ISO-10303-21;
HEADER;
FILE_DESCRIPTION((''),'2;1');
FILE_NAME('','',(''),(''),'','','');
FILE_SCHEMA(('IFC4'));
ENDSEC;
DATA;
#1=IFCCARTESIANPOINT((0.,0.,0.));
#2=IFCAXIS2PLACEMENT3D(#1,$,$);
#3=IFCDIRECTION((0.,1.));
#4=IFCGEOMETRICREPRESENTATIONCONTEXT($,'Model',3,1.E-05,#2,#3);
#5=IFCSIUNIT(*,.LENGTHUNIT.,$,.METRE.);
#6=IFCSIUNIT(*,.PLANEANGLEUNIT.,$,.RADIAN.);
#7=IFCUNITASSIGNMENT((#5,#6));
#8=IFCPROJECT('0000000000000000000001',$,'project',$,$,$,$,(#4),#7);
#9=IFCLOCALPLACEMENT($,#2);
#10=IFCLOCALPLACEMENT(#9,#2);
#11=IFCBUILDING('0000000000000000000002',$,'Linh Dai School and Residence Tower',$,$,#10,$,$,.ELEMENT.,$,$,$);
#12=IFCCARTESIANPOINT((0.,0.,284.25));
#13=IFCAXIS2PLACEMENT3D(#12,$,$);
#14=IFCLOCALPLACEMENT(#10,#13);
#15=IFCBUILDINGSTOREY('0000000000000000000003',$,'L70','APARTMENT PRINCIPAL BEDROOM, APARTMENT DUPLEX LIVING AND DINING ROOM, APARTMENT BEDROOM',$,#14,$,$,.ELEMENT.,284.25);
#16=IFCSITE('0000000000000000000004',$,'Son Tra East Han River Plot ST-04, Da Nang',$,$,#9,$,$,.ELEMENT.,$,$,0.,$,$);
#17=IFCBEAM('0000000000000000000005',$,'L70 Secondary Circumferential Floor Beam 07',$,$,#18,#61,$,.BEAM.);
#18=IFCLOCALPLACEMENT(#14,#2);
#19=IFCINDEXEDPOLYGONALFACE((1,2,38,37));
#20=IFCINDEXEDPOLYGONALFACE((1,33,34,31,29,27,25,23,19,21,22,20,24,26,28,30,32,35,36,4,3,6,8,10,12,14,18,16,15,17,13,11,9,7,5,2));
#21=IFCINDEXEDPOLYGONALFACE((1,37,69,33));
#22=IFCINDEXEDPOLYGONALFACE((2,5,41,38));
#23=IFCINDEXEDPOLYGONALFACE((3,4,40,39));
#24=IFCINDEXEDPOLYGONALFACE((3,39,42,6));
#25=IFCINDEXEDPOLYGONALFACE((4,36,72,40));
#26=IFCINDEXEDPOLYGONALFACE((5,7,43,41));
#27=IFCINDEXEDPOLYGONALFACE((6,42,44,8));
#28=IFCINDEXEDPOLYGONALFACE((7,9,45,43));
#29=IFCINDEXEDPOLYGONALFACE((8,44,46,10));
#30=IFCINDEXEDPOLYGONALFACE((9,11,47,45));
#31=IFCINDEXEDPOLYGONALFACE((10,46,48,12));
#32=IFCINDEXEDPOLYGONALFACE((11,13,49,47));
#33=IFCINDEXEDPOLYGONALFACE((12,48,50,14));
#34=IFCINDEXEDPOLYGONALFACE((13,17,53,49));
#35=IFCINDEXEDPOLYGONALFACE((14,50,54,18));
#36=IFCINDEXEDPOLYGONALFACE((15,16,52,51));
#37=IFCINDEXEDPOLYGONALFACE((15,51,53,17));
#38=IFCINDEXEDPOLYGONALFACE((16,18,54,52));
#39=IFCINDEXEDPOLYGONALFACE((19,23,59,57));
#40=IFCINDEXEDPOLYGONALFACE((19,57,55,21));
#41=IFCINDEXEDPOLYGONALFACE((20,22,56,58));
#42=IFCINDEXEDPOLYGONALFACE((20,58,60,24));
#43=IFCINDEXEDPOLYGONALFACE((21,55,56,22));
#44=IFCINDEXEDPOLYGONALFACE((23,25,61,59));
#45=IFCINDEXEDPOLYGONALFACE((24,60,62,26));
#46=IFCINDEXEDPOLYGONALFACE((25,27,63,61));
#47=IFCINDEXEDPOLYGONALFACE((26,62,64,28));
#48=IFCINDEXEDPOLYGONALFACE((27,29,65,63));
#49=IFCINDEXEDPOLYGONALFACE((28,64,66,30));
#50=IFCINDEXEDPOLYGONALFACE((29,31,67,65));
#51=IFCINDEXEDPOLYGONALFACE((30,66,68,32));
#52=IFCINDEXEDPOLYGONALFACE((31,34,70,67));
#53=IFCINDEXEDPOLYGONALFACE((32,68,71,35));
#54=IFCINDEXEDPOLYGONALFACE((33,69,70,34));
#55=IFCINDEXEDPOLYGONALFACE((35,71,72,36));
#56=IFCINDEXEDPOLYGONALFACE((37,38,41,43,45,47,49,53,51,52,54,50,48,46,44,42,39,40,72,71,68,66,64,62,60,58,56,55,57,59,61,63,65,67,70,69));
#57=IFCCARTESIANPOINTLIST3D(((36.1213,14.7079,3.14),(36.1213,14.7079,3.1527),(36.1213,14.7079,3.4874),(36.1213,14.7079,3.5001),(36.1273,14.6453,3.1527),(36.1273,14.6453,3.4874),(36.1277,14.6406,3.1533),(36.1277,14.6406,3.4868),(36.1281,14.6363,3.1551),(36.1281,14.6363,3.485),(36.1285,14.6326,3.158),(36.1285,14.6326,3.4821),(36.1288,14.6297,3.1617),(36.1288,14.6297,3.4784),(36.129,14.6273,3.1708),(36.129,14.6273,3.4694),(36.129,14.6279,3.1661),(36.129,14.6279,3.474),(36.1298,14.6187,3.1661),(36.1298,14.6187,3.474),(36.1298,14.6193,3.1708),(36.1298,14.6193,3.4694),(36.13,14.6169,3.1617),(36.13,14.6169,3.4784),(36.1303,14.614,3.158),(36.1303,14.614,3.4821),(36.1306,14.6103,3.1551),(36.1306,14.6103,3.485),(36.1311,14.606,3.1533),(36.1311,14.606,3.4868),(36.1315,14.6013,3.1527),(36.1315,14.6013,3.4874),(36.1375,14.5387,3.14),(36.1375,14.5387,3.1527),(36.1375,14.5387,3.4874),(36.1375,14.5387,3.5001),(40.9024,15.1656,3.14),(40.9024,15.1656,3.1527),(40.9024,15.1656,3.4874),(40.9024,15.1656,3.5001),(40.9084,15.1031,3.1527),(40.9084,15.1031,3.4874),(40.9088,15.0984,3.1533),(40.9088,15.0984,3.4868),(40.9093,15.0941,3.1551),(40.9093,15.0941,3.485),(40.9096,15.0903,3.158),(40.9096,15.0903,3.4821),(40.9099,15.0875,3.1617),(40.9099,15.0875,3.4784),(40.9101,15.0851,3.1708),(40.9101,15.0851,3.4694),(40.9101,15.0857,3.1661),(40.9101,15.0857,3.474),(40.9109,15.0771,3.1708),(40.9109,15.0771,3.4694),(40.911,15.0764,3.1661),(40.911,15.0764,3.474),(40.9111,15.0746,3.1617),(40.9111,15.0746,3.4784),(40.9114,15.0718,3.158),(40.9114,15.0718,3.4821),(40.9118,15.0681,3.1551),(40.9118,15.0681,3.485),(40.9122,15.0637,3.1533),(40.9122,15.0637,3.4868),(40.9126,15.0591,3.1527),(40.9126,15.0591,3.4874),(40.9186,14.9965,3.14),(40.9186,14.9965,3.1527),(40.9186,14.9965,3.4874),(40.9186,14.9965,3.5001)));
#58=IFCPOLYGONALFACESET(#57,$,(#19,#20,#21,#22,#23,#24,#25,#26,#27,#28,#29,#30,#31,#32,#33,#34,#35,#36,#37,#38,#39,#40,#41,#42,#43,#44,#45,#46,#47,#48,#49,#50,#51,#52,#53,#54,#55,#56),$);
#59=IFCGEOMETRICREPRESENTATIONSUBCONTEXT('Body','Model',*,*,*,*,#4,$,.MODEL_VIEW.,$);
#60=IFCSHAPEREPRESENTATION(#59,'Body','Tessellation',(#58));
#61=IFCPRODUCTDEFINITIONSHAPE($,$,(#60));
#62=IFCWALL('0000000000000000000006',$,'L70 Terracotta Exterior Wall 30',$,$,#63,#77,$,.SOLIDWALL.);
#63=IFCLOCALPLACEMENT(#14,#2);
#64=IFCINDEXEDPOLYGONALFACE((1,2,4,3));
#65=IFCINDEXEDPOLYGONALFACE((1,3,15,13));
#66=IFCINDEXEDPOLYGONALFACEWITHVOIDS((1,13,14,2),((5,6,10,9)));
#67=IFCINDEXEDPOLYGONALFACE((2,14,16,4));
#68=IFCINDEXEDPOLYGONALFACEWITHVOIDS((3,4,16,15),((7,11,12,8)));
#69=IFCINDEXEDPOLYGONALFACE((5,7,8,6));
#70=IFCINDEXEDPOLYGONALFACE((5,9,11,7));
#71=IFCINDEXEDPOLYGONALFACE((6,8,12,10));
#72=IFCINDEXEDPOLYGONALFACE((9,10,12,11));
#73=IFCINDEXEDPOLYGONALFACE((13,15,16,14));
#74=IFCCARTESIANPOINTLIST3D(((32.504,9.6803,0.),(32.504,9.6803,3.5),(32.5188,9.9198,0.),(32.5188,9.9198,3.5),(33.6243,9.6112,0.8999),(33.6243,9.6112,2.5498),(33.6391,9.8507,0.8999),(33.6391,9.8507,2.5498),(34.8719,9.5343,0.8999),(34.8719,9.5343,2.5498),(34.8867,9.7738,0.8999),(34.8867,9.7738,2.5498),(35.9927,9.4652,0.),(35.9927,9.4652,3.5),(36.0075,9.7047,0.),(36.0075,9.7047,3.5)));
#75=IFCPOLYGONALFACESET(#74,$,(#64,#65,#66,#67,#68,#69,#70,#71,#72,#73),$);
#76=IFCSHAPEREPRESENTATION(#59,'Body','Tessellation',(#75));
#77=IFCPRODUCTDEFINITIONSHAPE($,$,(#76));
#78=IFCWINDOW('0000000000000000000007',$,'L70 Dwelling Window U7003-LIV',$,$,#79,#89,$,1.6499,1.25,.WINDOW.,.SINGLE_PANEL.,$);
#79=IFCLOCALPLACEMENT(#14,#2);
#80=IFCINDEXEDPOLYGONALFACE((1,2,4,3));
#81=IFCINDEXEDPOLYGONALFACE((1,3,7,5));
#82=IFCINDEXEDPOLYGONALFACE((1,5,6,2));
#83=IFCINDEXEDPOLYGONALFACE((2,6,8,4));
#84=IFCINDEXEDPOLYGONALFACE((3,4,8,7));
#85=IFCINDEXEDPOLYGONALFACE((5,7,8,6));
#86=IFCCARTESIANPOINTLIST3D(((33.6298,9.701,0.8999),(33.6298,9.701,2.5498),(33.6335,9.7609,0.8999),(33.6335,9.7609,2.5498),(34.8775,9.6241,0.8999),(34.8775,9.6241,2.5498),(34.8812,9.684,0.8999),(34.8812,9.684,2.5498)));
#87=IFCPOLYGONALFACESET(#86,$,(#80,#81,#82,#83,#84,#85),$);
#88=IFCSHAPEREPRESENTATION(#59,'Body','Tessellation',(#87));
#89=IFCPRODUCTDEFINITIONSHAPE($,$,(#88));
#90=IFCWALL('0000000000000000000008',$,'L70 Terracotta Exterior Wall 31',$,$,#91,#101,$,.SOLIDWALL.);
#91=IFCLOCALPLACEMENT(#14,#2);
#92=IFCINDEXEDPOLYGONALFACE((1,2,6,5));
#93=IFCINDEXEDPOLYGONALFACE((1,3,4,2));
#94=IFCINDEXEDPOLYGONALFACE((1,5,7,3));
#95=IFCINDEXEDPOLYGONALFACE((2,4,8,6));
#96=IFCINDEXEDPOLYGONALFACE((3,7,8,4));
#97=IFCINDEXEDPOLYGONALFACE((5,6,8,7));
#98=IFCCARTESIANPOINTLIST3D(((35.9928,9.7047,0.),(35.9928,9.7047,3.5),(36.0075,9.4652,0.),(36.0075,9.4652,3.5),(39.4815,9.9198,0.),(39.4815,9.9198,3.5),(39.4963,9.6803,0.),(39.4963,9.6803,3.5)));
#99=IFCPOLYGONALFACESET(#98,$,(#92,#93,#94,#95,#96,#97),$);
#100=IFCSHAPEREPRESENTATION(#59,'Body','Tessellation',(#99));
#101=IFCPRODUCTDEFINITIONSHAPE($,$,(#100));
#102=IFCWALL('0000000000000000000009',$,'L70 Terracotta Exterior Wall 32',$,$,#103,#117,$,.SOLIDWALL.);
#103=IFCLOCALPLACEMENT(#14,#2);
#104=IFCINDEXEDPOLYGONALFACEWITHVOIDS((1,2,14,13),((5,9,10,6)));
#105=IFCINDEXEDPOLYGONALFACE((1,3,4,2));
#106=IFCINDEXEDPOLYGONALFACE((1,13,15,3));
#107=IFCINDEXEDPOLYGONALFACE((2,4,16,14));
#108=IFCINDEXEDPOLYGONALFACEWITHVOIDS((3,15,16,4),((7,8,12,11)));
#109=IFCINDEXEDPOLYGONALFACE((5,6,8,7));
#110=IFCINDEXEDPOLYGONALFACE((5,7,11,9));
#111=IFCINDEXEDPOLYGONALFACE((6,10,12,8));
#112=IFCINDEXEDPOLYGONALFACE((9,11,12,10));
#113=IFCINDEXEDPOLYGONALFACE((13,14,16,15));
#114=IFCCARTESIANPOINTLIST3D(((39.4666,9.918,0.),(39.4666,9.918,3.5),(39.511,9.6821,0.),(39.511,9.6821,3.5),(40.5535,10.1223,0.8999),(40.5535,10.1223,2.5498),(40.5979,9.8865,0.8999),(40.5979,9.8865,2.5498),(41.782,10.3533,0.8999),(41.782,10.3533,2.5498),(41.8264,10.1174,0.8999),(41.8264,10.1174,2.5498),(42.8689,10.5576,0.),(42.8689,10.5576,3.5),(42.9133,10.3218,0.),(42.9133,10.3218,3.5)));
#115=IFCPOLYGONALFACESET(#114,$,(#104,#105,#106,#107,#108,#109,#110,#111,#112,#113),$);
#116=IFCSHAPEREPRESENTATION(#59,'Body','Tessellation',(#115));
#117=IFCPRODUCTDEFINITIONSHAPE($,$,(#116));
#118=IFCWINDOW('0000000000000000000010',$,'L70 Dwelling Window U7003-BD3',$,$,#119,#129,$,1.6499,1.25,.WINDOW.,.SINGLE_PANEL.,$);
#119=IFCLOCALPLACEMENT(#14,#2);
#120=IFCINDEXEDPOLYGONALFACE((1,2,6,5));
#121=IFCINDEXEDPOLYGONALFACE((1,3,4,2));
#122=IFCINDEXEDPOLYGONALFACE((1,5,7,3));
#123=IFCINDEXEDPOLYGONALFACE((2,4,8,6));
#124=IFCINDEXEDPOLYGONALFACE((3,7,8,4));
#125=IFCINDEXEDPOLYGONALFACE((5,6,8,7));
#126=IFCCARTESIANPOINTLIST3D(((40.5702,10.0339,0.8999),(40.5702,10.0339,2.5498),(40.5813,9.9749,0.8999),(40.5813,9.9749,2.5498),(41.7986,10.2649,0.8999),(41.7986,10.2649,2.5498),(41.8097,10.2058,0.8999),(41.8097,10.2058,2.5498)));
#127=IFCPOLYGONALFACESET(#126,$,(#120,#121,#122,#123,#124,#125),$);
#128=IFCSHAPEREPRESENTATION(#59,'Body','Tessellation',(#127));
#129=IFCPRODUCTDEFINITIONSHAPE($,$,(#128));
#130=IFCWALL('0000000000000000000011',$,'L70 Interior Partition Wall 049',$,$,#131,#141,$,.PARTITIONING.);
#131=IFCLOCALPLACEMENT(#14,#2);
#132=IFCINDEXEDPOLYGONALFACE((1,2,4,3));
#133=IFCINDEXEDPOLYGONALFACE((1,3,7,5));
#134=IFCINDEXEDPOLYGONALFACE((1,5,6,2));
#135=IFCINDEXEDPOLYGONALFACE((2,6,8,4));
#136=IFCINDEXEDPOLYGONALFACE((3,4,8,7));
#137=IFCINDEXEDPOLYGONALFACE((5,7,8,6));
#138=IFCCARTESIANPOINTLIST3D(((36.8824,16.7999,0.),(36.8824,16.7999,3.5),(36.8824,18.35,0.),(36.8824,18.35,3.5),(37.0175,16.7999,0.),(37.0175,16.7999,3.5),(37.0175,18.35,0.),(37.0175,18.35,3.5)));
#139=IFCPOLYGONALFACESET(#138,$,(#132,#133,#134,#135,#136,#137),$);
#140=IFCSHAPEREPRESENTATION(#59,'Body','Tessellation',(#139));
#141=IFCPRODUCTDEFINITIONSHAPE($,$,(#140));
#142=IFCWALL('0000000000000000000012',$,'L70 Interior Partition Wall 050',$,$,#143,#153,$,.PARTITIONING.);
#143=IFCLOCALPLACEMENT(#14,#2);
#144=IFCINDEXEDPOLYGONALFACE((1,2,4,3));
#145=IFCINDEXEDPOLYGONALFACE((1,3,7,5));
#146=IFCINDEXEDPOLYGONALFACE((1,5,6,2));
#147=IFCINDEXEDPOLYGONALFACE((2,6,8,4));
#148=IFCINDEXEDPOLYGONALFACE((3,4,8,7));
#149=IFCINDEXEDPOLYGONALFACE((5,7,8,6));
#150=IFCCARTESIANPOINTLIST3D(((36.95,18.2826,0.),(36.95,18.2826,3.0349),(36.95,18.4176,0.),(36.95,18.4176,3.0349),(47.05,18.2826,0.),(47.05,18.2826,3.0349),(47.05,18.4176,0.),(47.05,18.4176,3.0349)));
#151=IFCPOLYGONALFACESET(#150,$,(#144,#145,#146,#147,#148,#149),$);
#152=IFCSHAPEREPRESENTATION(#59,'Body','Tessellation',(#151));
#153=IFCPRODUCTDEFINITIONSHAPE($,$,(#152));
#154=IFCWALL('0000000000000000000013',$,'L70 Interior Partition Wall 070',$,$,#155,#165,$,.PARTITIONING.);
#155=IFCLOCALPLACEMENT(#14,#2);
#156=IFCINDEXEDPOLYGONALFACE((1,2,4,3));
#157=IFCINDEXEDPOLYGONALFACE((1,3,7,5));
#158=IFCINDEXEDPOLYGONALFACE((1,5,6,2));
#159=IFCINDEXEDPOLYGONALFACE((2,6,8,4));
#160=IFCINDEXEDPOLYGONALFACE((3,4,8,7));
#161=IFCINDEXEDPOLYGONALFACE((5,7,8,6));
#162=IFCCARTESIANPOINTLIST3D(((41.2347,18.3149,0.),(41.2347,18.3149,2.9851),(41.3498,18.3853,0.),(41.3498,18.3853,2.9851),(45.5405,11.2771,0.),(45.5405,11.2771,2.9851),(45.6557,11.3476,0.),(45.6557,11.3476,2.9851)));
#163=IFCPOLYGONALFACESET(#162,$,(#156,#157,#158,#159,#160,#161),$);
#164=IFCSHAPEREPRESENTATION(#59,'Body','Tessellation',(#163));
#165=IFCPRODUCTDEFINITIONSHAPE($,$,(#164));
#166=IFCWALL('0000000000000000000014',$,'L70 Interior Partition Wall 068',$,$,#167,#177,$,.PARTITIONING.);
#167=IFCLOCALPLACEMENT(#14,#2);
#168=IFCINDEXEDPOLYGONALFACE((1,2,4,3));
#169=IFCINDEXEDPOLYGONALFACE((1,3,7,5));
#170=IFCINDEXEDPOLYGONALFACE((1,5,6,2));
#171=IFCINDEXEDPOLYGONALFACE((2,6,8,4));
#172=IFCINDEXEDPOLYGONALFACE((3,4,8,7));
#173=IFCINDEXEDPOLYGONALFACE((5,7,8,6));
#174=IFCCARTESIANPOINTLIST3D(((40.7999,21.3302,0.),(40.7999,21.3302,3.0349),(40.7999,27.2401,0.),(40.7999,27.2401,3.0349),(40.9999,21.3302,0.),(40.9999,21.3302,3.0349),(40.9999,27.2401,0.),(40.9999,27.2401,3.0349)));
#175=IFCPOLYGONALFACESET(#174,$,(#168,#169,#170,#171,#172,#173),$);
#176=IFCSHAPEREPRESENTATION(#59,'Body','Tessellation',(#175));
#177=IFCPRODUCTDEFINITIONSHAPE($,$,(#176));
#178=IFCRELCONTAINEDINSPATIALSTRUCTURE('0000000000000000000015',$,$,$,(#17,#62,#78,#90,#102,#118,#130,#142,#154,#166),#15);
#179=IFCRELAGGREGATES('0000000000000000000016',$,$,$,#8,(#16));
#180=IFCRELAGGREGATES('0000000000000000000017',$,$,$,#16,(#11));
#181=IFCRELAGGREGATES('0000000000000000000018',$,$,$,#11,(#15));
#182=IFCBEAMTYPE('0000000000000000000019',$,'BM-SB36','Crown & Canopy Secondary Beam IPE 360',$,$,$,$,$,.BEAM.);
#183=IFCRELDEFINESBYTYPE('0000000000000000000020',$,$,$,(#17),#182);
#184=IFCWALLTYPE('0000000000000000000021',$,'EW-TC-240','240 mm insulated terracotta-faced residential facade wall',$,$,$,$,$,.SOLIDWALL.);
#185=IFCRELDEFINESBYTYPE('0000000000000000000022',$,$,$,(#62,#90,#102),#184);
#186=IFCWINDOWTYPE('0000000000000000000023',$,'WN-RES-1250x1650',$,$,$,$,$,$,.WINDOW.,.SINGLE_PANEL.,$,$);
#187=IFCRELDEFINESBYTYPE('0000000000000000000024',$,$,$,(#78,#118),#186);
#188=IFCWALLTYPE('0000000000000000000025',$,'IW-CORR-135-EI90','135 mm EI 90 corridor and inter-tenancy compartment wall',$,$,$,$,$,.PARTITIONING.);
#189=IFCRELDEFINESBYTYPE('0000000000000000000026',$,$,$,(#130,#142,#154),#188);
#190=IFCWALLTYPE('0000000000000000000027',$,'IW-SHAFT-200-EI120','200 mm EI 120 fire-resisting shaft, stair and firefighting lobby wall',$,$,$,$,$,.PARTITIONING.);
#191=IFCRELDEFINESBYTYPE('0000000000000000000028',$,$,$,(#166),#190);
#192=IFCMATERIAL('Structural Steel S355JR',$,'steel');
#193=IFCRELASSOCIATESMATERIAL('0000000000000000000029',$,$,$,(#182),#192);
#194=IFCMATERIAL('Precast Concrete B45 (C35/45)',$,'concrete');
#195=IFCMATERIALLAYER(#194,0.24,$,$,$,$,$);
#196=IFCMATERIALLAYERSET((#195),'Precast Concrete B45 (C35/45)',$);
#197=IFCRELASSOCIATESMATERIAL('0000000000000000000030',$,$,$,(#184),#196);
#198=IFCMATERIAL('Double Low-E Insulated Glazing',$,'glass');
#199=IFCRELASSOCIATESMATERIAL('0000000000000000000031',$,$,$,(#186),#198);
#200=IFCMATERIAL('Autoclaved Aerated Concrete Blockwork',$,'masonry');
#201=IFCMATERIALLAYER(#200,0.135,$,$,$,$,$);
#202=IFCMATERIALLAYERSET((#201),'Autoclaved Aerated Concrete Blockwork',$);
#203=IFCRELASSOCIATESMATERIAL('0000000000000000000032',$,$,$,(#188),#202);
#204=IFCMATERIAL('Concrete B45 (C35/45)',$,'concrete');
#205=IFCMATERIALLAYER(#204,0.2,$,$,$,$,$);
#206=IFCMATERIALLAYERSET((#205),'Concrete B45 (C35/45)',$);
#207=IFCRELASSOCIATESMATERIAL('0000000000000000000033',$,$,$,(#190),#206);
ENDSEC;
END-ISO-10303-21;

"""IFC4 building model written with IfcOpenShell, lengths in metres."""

from ifc_helpers import new_model, si_unit, direction, frame, frame_2d, origin, origin_2d, place, context, subcontext, project, spatial, rectangle, i_section, extrude, source, transform, mapped, material, layer, layer_set, material_profile, profile_set, type_object, element, fill, save


model = new_model("IFC4")

# Units and contexts
model_context = context("Model", 3, precision=1e-05, world=origin(), true_north=direction((0.0, 1.0)))
body_context = subcontext(model_context, "Body", "Model", "MODEL_VIEW")
ifc_project = project(units=[si_unit("LENGTHUNIT", "METRE"), si_unit("PLANEANGLEUNIT", "RADIAN")], contexts=[model_context])

# Site, building, storey
site_placement = place(None, origin())
site = spatial("IfcSite", under=ifc_project, at=site_placement, Name="Son Tra East Han River Plot ST-04, Da Nang", CompositionType="ELEMENT", RefElevation=0.0)
building_placement = place(site_placement, origin())
building = spatial("IfcBuilding", under=site, at=building_placement, Name="Linh Dai School and Residence Tower", CompositionType="ELEMENT")
storey_placement = place(building_placement, frame((0.0, 0.0, 284.25)))
storey = spatial("IfcBuildingStorey", under=building, at=storey_placement, Name="L70", Description="APARTMENT PRINCIPAL BEDROOM, APARTMENT DUPLEX LIVING AND DINING ROOM, APARTMENT BEDROOM", CompositionType="ELEMENT", Elevation=284.25)

# Shared definitions
ifc_material_1 = material(Name="Structural Steel S355JR", Category="steel")

# Beam
ifc_material_profile_1 = material_profile(ifc_material_1, i_section(OverallWidth=0.1699, OverallDepth=0.3601, WebThickness=0.0081, FlangeThickness=0.0127, FilletRadius=0.0181, at=origin_2d()), Name="IPE 360")
ifc_profile_set_1 = profile_set([ifc_material_profile_1], Name="Structural Steel S355JR")
beam_type_1 = type_object("IfcBeamType", Name="BM-SB36", Description="Crown & Canopy Secondary Beam IPE 360", PredefinedType="BEAM", material=ifc_profile_set_1)
beam_1_placement = place(storey_placement, frame((36.1294, 14.6233, 3.3201), z_axis=(0.995448, 0.09531, 0.0), x_axis=(-0.09531, 0.995448, 0.0)))
element("IfcBeam", 1, at=beam_1_placement, inside=storey, type_object=beam_type_1, Name="L70 Secondary Circumferential Floor Beam 07", PredefinedType="BEAM", context=body_context, shape_type="SweptSolid", body=[
    extrude(i_section(OverallWidth=0.1699, OverallDepth=0.3601, WebThickness=0.0081, FlangeThickness=0.0127, FilletRadius=0.0181, at=origin_2d()), origin(), (0.0, 0.0, 1.0), 4.803),
])

# Wall, opening, window
ifc_material_2 = material(Name="Precast Concrete B45 (C35/45)", Category="concrete")
ifc_layer_1 = layer(ifc_material_2, 0.24)
ifc_layer_set_1 = layer_set([ifc_layer_1], Name="Precast Concrete B45 (C35/45)")
wall_type_1 = type_object("IfcWallType", Name="EW-TC-240", Description="240 mm insulated terracotta-faced residential facade wall", PredefinedType="SOLIDWALL", material=ifc_layer_set_1)
wall_1_placement = place(storey_placement, frame((36.0, 9.585, 0.0), z_axis=(0.0, 0.0, 1.0), x_axis=(-0.998105, 0.061535, 0.0)))
wall_1 = element("IfcWall", 2, at=wall_1_placement, inside=storey, type_object=wall_type_1, Name="L70 Terracotta Exterior Wall 30", PredefinedType="SOLIDWALL", context=body_context, shape_type="SweptSolid", body=[
    extrude(rectangle(XDim=3.4954, YDim=0.24, at=frame_2d((1.7476, 0.0))), origin(), (0.0, 0.0, 1.0), 3.5),
])
opening_1_placement = place(wall_1_placement, frame((1.1228, 0.0, 0.8999)))
opening_1 = element("IfcOpeningElement", 3, at=opening_1_placement, cuts=wall_1, PredefinedType="OPENING", context=body_context, shape_type="SweptSolid", body=[
    extrude(rectangle(XDim=1.25, YDim=1.6499, at=origin_2d()), frame((0.625, 0.1299, 0.825), z_axis=(0.0, -1.0, 0.0), x_axis=(1.0, 0.0, 0.0)), (0.0, 0.0, 1.0), 0.26),
])
ifc_material_3 = material(Name="Double Low-E Insulated Glazing", Category="glass")
window_type = type_object("IfcWindowType", Name="WN-RES-1250x1650", PartitioningType="SINGLE_PANEL", PredefinedType="WINDOW", material=ifc_material_3)
shared_shape_1 = source(origin(), body_context, "Body", "SweptSolid", [
    extrude(rectangle(XDim=1.25, YDim=1.6499, at=origin_2d()), frame((0.625, 0.03, 0.825), z_axis=(0.0, -1.0, 0.0), x_axis=(1.0, 0.0, 0.0)), (0.0, 0.0, 1.0), 0.0601),
])
window_1_placement = place(opening_1_placement, origin())
window_1 = element("IfcWindow", 4, at=window_1_placement, inside=storey, type_object=window_type, Name="L70 Dwelling Window U7003-LIV", OverallHeight=1.6499, OverallWidth=1.25, PartitioningType="SINGLE_PANEL", PredefinedType="WINDOW", context=body_context, shape_type="MappedRepresentation", body=[
    mapped(shared_shape_1, transform((0.0, 0.0, 0.0), x_axis=(1.0, 0.0, 0.0), y_axis=(0.0, 1.0, 0.0), z_axis=(0.0, 0.0, 1.0), scale=1.0)),
])
fill(opening_1, window_1)

# Wall
wall_2_placement = place(storey_placement, frame((39.4888, 9.8, 0.0), z_axis=(0.0, 0.0, 1.0), x_axis=(-0.998105, -0.061535, 0.0)))
element("IfcWall", 5, at=wall_2_placement, inside=storey, type_object=wall_type_1, Name="L70 Terracotta Exterior Wall 31", PredefinedType="SOLIDWALL", context=body_context, shape_type="SweptSolid", body=[
    extrude(rectangle(XDim=3.4954, YDim=0.24, at=frame_2d((1.7476, 0.0))), origin(), (0.0, 0.0, 1.0), 3.5),
])

# Wall, opening, window
wall_3_placement = place(storey_placement, frame((42.8911, 10.4397, 0.0), z_axis=(0.0, 0.0, 1.0), x_axis=(-0.982783, -0.184765, 0.0)))
wall_3 = element("IfcWall", 6, at=wall_3_placement, inside=storey, type_object=wall_type_1, Name="L70 Terracotta Exterior Wall 32", PredefinedType="SOLIDWALL", context=body_context, shape_type="SweptSolid", body=[
    extrude(rectangle(XDim=3.4619, YDim=0.24, at=frame_2d((1.731, 0.0))), origin(), (0.0, 0.0, 1.0), 3.5),
])
opening_2_placement = place(wall_3_placement, frame((1.106, 0.0, 0.8999)))
opening_2 = element("IfcOpeningElement", 7, at=opening_2_placement, cuts=wall_3, PredefinedType="OPENING", context=body_context, shape_type="SweptSolid", body=[
    extrude(rectangle(XDim=1.25, YDim=1.6499, at=origin_2d()), frame((0.625, 0.1299, 0.825), z_axis=(0.0, -1.0, 0.0), x_axis=(1.0, 0.0, 0.0)), (0.0, 0.0, 1.0), 0.26),
])
window_2_placement = place(opening_2_placement, origin())
window_2 = element("IfcWindow", 8, at=window_2_placement, inside=storey, type_object=window_type, Name="L70 Dwelling Window U7003-BD3", OverallHeight=1.6499, OverallWidth=1.25, PartitioningType="SINGLE_PANEL", PredefinedType="WINDOW", context=body_context, shape_type="MappedRepresentation", body=[
    mapped(shared_shape_1, transform((0.0, 0.0, 0.0), x_axis=(1.0, 0.0, 0.0), y_axis=(0.0, 1.0, 0.0), z_axis=(0.0, 0.0, 1.0), scale=1.0)),
])
fill(opening_2, window_2)

# Walls
ifc_material_4 = material(Name="Autoclaved Aerated Concrete Blockwork", Category="masonry")
ifc_layer_2 = layer(ifc_material_4, 0.135)
ifc_layer_set_2 = layer_set([ifc_layer_2], Name="Autoclaved Aerated Concrete Blockwork")
wall_type_2 = type_object("IfcWallType", Name="IW-CORR-135-EI90", Description="135 mm EI 90 corridor and inter-tenancy compartment wall", PredefinedType="PARTITIONING", material=ifc_layer_set_2)
wall_4_placement = place(storey_placement, frame((36.95, 16.8, 0.0), z_axis=(0.0, 0.0, 1.0), x_axis=(0.0, 1.0, 0.0)))
element("IfcWall", 9, at=wall_4_placement, inside=storey, type_object=wall_type_2, Name="L70 Interior Partition Wall 049", PredefinedType="PARTITIONING", context=body_context, shape_type="SweptSolid", body=[
    extrude(rectangle(XDim=1.55, YDim=0.135, at=frame_2d((0.7749, 0.0))), origin(), (0.0, 0.0, 1.0), 3.5),
])
wall_5_placement = place(storey_placement, frame((36.95, 18.3501, 0.0), z_axis=(0.0, 0.0, 1.0), x_axis=(1.0, 0.0, 0.0)))
element("IfcWall", 10, at=wall_5_placement, inside=storey, type_object=wall_type_2, Name="L70 Interior Partition Wall 050", PredefinedType="PARTITIONING", context=body_context, shape_type="SweptSolid", body=[
    extrude(rectangle(XDim=10.1001, YDim=0.135, at=frame_2d((5.05, 0.0))), origin(), (0.0, 0.0, 1.0), 3.0349),
])
wall_6_placement = place(storey_placement, frame((41.2922, 18.3501, 0.0), z_axis=(0.0, 0.0, 1.0), x_axis=(0.521892, -0.853012, 0.0)))
element("IfcWall", 11, at=wall_6_placement, inside=storey, type_object=wall_type_2, Name="L70 Interior Partition Wall 070", PredefinedType="PARTITIONING", context=body_context, shape_type="SweptSolid", body=[
    extrude(rectangle(XDim=8.2505, YDim=0.135, at=frame_2d((4.1252, 0.0))), origin(), (0.0, 0.0, 1.0), 2.9851),
])
ifc_material_5 = material(Name="Concrete B45 (C35/45)", Category="concrete")
ifc_layer_3 = layer(ifc_material_5, 0.2)
ifc_layer_set_3 = layer_set([ifc_layer_3], Name="Concrete B45 (C35/45)")
wall_type_3 = type_object("IfcWallType", Name="IW-SHAFT-200-EI120", Description="200 mm EI 120 fire-resisting shaft, stair and firefighting lobby wall", PredefinedType="PARTITIONING", material=ifc_layer_set_3)
wall_7_placement = place(storey_placement, frame((40.8999, 21.3301, 0.0), z_axis=(0.0, 0.0, 1.0), x_axis=(0.0, 1.0, 0.0)))
element("IfcWall", 12, at=wall_7_placement, inside=storey, type_object=wall_type_3, Name="L70 Interior Partition Wall 068", PredefinedType="PARTITIONING", context=body_context, shape_type="SweptSolid", body=[
    extrude(rectangle(XDim=5.9099, YDim=0.2, at=frame_2d((2.9551, 0.0))), origin(), (0.0, 0.0, 1.0), 3.0349),
])

save(model, "model.ifc")
